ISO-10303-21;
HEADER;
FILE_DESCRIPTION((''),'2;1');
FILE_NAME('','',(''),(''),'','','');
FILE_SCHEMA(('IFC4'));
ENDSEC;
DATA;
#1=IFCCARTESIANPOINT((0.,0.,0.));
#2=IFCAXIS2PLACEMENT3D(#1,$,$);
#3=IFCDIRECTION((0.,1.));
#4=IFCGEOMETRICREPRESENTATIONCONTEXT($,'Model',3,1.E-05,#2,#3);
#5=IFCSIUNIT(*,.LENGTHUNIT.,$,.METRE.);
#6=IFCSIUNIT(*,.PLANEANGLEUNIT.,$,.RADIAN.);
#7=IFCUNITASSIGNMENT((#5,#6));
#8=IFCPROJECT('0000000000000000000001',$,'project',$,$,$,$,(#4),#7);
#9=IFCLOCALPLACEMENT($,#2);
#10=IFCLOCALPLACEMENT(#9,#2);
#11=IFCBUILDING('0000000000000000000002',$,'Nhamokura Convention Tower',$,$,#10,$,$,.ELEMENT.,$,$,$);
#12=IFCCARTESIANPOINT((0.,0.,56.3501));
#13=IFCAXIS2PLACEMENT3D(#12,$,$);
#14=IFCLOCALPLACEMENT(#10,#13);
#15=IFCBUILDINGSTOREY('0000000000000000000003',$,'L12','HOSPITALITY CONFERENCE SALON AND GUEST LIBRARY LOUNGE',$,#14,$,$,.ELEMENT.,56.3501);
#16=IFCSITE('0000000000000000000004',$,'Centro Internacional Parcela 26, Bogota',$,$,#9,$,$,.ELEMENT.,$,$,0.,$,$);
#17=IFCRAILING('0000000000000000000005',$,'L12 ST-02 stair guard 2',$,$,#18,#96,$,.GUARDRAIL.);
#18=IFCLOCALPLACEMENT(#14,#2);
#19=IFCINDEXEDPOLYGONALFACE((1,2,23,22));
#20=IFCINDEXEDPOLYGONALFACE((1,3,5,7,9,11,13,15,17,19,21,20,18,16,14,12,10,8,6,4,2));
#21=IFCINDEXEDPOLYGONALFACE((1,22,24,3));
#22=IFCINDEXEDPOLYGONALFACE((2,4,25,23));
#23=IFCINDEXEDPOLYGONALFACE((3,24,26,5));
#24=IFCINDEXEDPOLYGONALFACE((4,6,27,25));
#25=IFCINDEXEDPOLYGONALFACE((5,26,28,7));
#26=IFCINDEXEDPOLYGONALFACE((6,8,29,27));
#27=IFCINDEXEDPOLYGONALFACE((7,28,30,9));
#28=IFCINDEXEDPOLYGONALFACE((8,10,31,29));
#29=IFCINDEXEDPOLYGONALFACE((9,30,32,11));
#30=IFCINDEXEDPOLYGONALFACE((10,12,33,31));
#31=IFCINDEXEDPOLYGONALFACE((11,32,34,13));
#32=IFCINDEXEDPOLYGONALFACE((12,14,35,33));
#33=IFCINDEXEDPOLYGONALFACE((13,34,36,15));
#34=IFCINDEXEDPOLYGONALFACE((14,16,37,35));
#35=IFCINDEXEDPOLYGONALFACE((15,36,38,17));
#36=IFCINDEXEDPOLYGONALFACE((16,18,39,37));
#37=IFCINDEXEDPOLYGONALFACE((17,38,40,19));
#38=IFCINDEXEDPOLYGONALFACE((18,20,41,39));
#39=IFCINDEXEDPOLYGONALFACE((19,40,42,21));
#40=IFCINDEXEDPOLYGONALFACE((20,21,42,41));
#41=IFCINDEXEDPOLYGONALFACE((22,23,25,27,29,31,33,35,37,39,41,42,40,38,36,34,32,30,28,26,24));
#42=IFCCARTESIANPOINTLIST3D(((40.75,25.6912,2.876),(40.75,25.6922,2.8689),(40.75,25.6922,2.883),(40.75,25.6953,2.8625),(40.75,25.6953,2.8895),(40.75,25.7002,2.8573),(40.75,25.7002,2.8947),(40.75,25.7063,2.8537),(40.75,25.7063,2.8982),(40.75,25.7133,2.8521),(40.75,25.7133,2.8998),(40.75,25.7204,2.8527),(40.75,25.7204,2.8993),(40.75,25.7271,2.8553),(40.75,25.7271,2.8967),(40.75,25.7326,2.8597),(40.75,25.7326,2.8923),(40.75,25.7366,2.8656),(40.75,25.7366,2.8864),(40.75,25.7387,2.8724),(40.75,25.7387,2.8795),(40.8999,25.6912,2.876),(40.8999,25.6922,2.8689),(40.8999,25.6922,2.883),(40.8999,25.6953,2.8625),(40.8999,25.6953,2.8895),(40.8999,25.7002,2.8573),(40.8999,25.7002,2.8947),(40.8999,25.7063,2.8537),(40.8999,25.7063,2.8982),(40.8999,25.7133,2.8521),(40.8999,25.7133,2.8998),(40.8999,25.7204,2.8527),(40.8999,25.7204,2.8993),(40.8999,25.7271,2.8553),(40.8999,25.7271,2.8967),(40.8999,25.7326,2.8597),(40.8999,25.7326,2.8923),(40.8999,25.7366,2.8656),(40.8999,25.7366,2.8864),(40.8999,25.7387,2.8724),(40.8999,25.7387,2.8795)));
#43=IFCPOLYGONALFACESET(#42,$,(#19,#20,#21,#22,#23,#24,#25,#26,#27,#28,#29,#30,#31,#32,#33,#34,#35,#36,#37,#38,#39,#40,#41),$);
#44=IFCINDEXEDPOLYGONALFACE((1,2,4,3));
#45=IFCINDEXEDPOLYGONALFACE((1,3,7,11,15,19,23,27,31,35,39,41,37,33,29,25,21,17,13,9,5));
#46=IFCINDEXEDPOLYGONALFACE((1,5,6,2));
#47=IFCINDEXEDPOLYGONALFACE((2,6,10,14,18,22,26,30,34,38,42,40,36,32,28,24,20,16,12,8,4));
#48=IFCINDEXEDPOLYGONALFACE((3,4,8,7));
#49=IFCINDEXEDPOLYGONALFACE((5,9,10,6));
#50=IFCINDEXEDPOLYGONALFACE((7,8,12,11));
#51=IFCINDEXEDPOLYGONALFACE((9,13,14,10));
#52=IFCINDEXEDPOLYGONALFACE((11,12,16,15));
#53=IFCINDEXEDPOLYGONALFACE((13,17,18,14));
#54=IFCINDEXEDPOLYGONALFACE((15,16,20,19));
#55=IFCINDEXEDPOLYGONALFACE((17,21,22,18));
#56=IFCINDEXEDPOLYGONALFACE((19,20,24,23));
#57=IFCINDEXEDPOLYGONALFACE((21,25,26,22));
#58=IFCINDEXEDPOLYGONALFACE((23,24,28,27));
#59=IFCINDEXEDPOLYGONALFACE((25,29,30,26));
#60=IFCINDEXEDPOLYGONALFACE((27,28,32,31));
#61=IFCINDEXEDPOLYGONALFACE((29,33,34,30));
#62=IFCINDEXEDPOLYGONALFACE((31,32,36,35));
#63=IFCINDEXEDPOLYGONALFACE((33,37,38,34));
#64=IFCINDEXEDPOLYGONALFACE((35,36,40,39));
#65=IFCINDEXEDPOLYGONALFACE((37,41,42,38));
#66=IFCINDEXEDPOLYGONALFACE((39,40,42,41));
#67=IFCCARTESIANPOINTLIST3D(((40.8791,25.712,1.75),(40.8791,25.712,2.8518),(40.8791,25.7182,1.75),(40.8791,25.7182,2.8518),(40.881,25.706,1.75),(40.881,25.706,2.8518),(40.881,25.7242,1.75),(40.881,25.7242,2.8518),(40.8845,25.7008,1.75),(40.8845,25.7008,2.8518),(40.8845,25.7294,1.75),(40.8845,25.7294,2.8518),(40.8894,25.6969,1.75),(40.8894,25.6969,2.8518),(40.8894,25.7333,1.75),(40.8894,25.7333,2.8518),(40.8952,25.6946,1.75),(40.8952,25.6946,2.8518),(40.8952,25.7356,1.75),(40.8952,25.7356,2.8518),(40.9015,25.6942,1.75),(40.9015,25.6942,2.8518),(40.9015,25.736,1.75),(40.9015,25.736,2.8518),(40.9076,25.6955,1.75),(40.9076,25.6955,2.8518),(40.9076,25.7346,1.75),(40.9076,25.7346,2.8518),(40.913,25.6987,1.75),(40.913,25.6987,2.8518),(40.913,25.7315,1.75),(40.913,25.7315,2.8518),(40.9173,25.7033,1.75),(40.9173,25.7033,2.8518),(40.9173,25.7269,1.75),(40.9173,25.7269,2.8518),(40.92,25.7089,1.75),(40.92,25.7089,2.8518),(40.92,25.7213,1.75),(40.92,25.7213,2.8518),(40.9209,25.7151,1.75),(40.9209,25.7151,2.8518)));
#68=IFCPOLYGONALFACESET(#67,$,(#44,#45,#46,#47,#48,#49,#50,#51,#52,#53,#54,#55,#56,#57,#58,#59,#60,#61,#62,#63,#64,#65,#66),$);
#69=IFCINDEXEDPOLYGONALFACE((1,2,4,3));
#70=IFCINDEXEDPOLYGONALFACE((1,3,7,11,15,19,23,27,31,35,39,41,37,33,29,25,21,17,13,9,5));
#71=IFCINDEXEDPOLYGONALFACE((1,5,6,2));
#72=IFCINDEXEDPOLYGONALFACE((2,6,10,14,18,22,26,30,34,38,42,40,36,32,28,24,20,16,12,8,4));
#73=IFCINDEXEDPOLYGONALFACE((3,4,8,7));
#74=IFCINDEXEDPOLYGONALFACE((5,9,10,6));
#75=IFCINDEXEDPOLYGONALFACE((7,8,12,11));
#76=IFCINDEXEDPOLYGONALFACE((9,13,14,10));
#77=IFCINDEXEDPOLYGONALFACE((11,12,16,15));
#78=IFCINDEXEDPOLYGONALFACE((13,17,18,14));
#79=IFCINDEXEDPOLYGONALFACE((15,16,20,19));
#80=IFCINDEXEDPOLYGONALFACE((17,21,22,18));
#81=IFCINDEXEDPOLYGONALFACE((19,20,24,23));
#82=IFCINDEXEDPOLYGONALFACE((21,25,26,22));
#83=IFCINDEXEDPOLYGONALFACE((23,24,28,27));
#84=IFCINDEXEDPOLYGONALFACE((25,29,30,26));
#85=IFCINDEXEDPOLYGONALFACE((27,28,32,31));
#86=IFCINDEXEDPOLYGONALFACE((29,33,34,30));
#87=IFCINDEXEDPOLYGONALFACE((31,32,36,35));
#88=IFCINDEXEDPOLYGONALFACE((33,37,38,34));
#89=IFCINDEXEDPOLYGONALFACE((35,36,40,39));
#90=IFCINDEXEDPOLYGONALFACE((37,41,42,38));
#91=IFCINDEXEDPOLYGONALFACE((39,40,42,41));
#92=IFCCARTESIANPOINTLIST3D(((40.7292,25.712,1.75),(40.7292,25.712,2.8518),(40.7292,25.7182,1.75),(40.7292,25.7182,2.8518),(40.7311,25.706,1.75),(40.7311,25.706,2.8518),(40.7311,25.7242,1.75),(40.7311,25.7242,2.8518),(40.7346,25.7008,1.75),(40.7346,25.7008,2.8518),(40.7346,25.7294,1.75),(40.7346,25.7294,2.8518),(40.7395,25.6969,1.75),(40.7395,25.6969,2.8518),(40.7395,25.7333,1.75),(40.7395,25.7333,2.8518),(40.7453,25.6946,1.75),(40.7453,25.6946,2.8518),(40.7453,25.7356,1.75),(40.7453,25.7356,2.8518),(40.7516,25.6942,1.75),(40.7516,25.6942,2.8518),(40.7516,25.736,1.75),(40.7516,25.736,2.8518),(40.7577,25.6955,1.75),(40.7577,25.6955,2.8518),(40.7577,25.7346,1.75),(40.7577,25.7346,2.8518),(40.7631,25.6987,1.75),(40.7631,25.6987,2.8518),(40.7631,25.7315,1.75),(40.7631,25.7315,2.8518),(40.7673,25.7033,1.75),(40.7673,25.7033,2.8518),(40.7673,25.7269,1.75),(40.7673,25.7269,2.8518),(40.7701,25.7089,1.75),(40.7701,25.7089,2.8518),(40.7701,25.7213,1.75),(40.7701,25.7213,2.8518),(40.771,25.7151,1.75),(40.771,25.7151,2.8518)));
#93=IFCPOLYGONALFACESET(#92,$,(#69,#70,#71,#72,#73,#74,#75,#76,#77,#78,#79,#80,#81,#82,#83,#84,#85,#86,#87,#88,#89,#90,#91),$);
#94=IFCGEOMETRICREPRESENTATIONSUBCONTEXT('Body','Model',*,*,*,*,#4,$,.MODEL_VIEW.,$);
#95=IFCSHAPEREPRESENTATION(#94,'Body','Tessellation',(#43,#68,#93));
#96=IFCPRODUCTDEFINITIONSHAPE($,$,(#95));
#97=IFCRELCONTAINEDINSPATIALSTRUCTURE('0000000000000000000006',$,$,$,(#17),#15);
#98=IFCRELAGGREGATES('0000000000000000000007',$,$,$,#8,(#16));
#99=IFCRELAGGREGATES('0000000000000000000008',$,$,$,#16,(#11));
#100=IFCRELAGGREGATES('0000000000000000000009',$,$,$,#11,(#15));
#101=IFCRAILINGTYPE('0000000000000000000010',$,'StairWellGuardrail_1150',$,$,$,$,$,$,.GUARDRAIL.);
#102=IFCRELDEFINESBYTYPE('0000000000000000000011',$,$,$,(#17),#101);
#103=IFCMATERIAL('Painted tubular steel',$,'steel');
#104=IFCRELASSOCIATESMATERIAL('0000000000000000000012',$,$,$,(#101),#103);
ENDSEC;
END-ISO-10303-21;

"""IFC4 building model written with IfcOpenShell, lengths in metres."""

from ifc_helpers import new_model, si_unit, direction, frame, origin, origin_2d, place, context, subcontext, project, spatial, circle, extrude, material, type_object, element, save


model = new_model("IFC4")

# Units and contexts
model_context = context("Model", 3, precision=1e-05, world=origin(), true_north=direction((0.0, 1.0)))
body_context = subcontext(model_context, "Body", "Model", "MODEL_VIEW")
ifc_project = project(units=[si_unit("LENGTHUNIT", "METRE"), si_unit("PLANEANGLEUNIT", "RADIAN")], contexts=[model_context])

# Site, building, storey
site_placement = place(None, origin())
site = spatial("IfcSite", under=ifc_project, at=site_placement, Name="Centro Internacional Parcela 26, Bogota", CompositionType="ELEMENT", RefElevation=0.0)
building_placement = place(site_placement, origin())
building = spatial("IfcBuilding", under=site, at=building_placement, Name="Nhamokura Convention Tower", CompositionType="ELEMENT")
storey_placement = place(building_placement, frame((0.0, 0.0, 56.3501)))
storey = spatial("IfcBuildingStorey", under=building, at=storey_placement, Name="L12", Description="HOSPITALITY CONFERENCE SALON AND GUEST LIBRARY LOUNGE", CompositionType="ELEMENT", Elevation=56.3501)

# Railing
ifc_material_1 = material(Name="Painted tubular steel", Category="steel")
railing_type_1 = type_object("IfcRailingType", Name="StairWellGuardrail_1150", PredefinedType="GUARDRAIL", material=ifc_material_1)
railing_1_placement = place(storey_placement, frame((40.8999, 25.7151, 1.75)))
element("IfcRailing", 1, at=railing_1_placement, inside=storey, type_object=railing_type_1, Name="L12 ST-02 stair guard 2", PredefinedType="GUARDRAIL", context=body_context, shape_type="SweptSolid", body=[
    extrude(circle(Radius=0.0239, at=origin_2d()), frame((0.0, 0.0, 1.126), z_axis=(-1.0, 0.0, 0.0), x_axis=(0.0, -1.0, 0.0)), (0.0, 0.0, 1.0), 0.1499),
    extrude(circle(Radius=0.021, at=origin_2d()), origin(), (0.0, 0.0, 1.0), 1.1018),
    extrude(circle(Radius=0.021, at=origin_2d()), frame((-0.1499, 0.0, 0.0)), (0.0, 0.0, 1.0), 1.1018),
])

save(model, "model.ifc")
